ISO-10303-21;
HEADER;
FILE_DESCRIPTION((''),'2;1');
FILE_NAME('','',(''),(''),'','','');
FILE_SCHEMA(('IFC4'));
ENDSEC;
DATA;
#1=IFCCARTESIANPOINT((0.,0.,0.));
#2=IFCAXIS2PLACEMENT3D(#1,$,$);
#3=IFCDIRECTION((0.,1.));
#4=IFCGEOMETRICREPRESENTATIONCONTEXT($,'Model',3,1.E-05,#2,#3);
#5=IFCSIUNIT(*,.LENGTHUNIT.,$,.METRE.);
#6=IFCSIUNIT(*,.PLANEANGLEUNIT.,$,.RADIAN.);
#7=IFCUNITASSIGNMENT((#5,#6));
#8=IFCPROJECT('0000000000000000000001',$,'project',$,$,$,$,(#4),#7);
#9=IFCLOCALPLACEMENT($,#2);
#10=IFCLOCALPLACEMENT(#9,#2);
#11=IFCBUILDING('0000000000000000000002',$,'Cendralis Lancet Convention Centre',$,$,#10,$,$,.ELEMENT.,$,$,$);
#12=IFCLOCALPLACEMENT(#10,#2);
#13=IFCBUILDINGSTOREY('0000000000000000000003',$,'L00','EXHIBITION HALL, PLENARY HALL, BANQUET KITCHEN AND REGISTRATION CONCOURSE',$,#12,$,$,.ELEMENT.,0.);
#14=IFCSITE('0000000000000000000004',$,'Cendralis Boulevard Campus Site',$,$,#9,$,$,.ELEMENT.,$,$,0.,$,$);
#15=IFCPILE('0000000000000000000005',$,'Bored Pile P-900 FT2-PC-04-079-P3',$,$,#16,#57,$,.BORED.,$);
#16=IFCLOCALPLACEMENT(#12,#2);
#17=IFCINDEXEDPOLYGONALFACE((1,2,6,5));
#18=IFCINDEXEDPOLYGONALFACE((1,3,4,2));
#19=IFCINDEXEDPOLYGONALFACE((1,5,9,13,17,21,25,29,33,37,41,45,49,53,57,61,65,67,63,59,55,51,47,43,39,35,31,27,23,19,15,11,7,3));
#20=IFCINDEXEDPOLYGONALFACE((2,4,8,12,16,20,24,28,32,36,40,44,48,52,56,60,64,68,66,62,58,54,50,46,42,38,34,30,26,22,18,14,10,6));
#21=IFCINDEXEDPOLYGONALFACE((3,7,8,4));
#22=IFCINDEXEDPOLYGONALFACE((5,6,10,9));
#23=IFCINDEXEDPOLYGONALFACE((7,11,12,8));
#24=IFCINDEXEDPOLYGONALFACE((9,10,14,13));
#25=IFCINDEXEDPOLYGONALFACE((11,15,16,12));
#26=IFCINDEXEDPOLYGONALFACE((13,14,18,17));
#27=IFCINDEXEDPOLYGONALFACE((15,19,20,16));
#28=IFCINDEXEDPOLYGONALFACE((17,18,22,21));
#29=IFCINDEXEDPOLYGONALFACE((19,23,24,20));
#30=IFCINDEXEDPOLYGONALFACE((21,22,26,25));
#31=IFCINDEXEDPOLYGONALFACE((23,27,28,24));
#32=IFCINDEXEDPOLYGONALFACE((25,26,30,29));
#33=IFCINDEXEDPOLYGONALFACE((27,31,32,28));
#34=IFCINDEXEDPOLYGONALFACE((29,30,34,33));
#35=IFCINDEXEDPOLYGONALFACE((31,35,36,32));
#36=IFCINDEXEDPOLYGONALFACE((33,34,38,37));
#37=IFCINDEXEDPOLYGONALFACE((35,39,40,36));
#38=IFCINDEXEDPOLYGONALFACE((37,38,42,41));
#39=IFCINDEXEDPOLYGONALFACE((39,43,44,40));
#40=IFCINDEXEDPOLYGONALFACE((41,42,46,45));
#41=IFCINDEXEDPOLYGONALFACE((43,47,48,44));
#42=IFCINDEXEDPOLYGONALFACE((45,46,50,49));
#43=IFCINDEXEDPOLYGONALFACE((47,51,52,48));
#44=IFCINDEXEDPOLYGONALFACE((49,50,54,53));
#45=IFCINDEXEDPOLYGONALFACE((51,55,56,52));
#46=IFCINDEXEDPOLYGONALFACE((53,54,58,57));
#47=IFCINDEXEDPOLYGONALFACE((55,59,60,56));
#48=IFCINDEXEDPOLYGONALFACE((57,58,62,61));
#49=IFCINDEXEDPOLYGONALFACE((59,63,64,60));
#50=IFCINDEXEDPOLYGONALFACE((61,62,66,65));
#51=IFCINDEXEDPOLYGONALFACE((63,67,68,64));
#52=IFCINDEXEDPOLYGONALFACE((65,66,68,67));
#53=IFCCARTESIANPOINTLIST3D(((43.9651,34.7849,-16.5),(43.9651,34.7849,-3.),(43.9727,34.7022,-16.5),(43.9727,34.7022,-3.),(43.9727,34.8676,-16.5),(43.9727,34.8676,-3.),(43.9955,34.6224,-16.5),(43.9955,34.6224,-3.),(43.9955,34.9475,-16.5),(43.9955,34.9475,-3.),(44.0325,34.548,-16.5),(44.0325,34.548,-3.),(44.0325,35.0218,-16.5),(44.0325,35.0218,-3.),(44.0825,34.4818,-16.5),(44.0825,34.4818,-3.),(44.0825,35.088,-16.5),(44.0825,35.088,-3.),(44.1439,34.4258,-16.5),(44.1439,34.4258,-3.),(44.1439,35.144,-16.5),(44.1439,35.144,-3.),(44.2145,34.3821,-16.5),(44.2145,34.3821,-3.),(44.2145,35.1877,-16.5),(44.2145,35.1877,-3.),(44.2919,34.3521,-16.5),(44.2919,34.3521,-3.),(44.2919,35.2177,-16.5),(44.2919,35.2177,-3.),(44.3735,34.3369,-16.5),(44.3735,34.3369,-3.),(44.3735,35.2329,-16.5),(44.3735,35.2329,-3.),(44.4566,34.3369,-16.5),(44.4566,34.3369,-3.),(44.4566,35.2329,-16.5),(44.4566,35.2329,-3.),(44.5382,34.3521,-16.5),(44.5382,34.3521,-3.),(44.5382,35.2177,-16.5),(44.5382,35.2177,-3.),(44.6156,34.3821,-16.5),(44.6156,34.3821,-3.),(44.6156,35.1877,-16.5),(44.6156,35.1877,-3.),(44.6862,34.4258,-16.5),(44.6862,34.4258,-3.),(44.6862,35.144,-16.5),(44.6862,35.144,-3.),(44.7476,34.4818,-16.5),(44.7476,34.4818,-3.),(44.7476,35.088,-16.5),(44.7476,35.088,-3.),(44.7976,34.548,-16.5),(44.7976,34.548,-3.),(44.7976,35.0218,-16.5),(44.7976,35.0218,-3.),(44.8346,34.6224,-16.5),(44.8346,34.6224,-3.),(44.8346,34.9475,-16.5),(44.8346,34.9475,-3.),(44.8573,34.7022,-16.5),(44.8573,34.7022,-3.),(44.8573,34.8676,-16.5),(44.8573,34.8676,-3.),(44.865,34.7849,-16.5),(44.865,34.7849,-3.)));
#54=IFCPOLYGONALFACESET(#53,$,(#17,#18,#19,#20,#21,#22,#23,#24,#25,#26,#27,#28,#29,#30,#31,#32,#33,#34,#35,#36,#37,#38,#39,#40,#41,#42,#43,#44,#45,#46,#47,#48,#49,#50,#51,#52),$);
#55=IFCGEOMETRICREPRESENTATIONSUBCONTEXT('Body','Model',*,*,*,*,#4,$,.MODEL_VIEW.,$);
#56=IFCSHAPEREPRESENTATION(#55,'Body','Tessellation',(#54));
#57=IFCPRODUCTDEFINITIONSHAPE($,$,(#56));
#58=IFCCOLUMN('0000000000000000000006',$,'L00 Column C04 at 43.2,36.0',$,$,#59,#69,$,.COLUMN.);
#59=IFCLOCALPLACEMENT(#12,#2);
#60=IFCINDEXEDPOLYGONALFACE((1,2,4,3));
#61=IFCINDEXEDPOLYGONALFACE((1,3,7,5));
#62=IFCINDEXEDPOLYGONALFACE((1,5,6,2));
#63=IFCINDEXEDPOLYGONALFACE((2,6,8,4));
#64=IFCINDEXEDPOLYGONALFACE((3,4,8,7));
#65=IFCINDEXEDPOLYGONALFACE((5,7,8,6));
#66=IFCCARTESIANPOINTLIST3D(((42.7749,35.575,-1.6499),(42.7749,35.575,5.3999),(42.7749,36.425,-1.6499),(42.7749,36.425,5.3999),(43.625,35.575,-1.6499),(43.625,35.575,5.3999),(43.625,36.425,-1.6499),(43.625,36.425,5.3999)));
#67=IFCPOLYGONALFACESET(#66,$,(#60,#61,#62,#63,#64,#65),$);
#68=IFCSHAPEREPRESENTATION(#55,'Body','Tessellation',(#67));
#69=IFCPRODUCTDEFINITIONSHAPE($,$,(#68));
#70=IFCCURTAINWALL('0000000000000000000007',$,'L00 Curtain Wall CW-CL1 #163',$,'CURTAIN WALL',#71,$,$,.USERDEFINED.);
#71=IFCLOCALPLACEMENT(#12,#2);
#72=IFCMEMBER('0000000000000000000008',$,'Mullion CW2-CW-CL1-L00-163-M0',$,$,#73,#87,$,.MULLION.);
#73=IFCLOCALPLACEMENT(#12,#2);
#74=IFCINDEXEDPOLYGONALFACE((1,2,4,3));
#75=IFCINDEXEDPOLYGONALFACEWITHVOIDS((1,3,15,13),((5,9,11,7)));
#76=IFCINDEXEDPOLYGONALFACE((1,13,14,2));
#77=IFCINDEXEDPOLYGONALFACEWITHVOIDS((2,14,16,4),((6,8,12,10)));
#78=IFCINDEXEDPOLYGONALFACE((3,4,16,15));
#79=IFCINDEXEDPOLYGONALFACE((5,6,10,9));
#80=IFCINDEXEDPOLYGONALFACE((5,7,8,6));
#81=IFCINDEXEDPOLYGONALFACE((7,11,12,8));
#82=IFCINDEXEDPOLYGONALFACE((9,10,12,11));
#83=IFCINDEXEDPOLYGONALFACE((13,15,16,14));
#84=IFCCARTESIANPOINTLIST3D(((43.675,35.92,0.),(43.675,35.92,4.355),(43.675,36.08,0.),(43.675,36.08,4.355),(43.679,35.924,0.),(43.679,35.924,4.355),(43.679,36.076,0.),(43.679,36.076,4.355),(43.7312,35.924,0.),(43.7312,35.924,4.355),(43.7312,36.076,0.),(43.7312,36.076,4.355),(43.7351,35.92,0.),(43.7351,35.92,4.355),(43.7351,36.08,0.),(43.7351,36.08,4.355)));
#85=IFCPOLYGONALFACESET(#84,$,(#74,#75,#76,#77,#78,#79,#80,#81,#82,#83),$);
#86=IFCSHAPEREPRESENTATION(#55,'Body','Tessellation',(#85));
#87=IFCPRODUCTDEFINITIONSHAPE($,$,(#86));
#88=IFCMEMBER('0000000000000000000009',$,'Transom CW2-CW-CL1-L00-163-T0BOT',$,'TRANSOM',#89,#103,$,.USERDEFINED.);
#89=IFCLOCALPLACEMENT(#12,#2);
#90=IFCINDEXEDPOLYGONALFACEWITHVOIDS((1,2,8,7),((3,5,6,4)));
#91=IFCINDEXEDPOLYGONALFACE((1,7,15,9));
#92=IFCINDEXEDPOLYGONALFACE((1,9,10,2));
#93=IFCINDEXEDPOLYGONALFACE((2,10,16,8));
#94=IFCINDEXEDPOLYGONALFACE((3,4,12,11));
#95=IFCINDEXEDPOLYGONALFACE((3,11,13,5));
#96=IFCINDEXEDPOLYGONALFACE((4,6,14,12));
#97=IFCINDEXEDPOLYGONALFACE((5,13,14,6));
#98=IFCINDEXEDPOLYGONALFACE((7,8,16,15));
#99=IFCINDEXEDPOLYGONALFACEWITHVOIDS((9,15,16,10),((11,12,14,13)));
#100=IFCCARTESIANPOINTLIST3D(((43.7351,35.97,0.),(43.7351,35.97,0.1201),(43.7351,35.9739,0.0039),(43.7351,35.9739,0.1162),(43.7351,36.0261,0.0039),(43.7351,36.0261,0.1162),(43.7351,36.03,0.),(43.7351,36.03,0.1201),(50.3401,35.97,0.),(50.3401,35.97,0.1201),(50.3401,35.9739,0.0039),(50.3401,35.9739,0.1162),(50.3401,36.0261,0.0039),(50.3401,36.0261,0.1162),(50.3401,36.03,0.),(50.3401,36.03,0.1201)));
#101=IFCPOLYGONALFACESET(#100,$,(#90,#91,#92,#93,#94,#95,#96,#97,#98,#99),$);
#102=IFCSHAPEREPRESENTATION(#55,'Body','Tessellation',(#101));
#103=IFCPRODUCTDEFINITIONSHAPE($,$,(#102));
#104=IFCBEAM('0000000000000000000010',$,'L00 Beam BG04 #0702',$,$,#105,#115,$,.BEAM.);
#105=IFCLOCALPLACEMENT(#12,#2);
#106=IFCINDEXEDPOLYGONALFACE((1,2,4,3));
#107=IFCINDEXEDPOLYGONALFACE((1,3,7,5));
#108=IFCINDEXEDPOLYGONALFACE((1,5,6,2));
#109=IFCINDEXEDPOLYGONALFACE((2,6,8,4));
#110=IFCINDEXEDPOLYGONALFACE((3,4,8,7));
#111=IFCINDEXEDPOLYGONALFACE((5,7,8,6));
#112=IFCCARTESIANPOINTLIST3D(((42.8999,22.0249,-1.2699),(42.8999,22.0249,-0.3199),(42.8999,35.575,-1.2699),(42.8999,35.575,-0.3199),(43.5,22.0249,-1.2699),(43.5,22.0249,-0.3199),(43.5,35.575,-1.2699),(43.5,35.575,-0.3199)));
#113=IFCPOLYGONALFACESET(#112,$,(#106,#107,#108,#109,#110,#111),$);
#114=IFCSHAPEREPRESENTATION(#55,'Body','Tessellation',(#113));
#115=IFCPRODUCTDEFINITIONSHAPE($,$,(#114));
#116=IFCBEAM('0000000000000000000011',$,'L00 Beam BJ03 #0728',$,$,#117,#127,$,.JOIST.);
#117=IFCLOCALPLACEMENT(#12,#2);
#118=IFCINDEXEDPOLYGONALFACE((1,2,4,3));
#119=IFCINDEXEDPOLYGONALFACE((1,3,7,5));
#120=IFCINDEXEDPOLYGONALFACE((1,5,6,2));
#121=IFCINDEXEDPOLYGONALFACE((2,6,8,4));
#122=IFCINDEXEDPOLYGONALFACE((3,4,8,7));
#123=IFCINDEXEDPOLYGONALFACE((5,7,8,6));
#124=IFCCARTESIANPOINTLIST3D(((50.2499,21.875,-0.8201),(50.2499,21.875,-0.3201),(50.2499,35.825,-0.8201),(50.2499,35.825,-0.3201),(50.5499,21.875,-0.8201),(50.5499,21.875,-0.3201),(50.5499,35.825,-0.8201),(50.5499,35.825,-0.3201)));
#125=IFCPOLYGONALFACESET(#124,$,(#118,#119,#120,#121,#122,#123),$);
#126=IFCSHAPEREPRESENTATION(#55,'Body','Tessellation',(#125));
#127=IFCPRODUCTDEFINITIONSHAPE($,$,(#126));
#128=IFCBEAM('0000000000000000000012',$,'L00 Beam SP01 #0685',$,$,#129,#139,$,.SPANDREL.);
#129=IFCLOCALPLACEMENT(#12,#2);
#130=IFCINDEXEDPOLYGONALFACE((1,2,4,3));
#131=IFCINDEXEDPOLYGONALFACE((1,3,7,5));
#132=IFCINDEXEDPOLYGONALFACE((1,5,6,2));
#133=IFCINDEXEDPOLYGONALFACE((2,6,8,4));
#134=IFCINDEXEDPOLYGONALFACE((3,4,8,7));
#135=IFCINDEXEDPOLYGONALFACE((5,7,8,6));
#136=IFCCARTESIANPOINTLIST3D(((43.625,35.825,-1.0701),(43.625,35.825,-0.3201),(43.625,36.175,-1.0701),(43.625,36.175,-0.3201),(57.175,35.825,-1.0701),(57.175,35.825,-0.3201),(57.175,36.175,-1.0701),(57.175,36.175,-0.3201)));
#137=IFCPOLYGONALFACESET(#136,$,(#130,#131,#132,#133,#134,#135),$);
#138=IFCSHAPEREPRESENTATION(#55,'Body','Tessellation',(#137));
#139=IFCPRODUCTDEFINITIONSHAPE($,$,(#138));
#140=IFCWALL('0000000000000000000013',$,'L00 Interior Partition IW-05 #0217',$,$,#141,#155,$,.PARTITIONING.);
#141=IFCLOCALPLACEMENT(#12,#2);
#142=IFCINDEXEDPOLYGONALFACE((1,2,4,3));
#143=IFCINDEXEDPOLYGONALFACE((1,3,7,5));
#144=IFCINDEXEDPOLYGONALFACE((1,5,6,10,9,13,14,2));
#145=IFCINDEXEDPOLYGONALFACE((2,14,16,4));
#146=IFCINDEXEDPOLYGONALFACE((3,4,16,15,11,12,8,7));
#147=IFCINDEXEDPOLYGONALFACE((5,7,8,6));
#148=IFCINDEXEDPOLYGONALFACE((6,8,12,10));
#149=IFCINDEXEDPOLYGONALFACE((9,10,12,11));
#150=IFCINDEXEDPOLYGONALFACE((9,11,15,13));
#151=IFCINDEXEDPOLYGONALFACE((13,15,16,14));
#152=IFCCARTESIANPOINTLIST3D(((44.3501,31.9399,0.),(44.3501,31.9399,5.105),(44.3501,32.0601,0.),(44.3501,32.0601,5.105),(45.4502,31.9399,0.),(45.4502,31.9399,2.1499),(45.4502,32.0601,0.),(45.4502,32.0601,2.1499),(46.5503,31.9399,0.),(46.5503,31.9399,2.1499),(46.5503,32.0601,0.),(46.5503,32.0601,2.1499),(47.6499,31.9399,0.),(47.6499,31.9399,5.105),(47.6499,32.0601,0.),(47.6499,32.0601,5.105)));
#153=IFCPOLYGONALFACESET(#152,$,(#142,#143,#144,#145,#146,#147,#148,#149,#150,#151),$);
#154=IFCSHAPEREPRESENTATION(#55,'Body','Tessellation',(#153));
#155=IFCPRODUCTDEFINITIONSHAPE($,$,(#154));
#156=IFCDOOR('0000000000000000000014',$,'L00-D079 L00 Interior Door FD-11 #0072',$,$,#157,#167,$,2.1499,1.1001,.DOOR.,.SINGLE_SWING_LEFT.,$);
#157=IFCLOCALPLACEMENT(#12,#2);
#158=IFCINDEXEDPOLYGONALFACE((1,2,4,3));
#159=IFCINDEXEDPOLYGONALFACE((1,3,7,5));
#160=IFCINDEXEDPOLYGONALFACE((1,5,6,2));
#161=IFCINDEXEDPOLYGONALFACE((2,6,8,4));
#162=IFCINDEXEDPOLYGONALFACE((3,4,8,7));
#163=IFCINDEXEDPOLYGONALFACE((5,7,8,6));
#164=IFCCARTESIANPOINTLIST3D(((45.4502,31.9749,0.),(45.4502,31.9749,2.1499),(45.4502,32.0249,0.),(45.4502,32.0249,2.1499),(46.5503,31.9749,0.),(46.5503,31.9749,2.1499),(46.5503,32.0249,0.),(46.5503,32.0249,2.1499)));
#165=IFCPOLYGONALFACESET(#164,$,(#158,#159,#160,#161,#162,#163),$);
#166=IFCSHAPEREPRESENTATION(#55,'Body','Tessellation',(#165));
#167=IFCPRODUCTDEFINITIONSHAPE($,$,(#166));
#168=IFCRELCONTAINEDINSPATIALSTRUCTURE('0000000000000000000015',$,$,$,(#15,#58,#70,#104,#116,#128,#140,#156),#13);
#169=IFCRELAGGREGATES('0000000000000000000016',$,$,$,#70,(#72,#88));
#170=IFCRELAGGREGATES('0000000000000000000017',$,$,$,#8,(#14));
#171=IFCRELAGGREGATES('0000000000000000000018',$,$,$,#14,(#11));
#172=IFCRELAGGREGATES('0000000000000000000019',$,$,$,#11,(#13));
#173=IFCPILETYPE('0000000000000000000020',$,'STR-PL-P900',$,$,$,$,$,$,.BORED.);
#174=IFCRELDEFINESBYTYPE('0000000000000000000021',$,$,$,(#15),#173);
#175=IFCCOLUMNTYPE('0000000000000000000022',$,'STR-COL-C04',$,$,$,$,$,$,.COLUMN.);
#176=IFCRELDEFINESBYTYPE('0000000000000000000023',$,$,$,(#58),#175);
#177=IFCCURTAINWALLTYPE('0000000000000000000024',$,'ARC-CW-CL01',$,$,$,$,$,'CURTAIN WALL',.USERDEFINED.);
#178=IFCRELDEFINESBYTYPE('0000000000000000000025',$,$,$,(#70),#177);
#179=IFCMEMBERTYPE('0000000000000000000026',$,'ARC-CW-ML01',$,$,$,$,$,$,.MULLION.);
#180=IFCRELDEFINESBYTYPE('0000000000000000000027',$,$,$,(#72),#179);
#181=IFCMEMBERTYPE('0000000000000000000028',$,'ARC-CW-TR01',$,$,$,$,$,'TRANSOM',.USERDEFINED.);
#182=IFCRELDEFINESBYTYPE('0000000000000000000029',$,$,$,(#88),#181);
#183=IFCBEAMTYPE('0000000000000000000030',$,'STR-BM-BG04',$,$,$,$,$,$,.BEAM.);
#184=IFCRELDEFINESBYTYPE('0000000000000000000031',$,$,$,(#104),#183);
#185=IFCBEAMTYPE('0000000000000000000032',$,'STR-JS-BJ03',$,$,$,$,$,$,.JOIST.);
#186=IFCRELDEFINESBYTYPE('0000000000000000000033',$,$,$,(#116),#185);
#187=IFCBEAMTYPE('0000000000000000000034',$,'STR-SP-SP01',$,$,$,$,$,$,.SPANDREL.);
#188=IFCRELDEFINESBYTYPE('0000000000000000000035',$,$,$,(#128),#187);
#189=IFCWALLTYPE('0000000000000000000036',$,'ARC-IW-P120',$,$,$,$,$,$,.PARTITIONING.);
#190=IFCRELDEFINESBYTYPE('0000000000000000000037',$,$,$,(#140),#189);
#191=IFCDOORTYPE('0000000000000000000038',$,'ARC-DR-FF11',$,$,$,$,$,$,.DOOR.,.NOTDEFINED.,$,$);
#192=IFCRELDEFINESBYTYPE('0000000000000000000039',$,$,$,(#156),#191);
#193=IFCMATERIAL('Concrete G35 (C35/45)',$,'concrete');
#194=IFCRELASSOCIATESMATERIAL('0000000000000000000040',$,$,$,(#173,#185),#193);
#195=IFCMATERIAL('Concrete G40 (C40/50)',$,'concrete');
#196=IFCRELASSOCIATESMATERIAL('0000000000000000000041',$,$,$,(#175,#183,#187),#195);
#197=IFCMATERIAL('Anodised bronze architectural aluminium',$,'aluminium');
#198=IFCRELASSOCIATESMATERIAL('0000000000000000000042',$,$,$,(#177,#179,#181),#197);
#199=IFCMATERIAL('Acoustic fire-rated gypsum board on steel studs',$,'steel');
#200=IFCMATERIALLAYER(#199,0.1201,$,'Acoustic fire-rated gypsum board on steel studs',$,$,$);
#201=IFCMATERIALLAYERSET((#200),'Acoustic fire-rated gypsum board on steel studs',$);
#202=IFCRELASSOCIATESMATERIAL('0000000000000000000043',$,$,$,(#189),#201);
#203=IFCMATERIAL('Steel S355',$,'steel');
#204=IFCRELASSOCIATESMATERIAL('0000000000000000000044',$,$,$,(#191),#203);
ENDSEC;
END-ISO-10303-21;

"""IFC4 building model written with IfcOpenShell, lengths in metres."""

from ifc_helpers import new_model, si_unit, direction, frame, frame_2d, origin, origin_2d, place, context, subcontext, project, spatial, rectangle, hollow_rectangle, circle, extrude, material, layer, layer_set, material_profile, profile_set, type_object, element, fill, aggregate, save


model = new_model("IFC4")

# Units and contexts
model_context = context("Model", 3, precision=1e-05, world=origin(), true_north=direction((0.0, 1.0)))
body_context = subcontext(model_context, "Body", "Model", "MODEL_VIEW")
ifc_project = project(units=[si_unit("LENGTHUNIT", "METRE"), si_unit("PLANEANGLEUNIT", "RADIAN")], contexts=[model_context])

# Site, building, storey
site_placement = place(None, origin())
site = spatial("IfcSite", under=ifc_project, at=site_placement, Name="Cendralis Boulevard Campus Site", CompositionType="ELEMENT", RefElevation=0.0)
building_placement = place(site_placement, origin())
building = spatial("IfcBuilding", under=site, at=building_placement, Name="Cendralis Lancet Convention Centre", CompositionType="ELEMENT")
storey_placement = place(building_placement, origin())
storey = spatial("IfcBuildingStorey", under=building, at=storey_placement, Name="L00", Description="EXHIBITION HALL, PLENARY HALL, BANQUET KITCHEN AND REGISTRATION CONCOURSE", CompositionType="ELEMENT", Elevation=0.0)

# Shared definitions
ifc_material_1 = material(Name="Concrete G35 (C35/45)", Category="concrete")

# Pile
ifc_material_profile_1 = material_profile(ifc_material_1, circle(Radius=0.45, at=origin_2d()), Name="BORED PILE D900")
ifc_profile_set_1 = profile_set([ifc_material_profile_1], Name="Concrete G35 (C35/45)")
pile_type = type_object("IfcPileType", Name="STR-PL-P900", PredefinedType="BORED", material=ifc_profile_set_1)
for number, where, z_axis, x_axis, name in (
    (1, (44.415, 34.7849, -3.0), (0.0, 0.0, -1.0), (1.0, 0.0, 0.0), "Bored Pile P-900 FT2-PC-04-079-P3"),
):
    element("IfcPile", number, at=place(storey_placement, frame(where, z_axis=z_axis, x_axis=x_axis)), inside=storey, type_object=pile_type, Name=name, PredefinedType="BORED", context=body_context, shape_type="SweptSolid", body=[
        extrude(circle(Radius=0.45, at=origin_2d()), origin(), (0.0, 0.0, 1.0), 13.5),
    ])

# Column
ifc_material_2 = material(Name="Concrete G40 (C40/50)", Category="concrete")
ifc_material_profile_2 = material_profile(ifc_material_2, rectangle(XDim=0.8501, YDim=0.8501, at=origin_2d()), Name="RC 850x850")
ifc_profile_set_2 = profile_set([ifc_material_profile_2], Name="Concrete G40 (C40/50)")
column_type = type_object("IfcColumnType", Name="STR-COL-C04", PredefinedType="COLUMN", material=ifc_profile_set_2)
column_placement = place(storey_placement, frame((43.2, 36.0, -1.6499), z_axis=(0.0, 0.0, 1.0), x_axis=(1.0, 0.0, 0.0)))
element("IfcColumn", 2, at=column_placement, inside=storey, type_object=column_type, Name="L00 Column C04 at 43.2,36.0", PredefinedType="COLUMN", context=body_context, shape_type="SweptSolid", body=[
    extrude(rectangle(XDim=0.8501, YDim=0.8501, at=origin_2d()), origin(), (0.0, 0.0, 1.0), 7.0498),
])

# Curtain wall, members
ifc_material_3 = material(Name="Anodised bronze architectural aluminium", Category="aluminium")
curtain_wall_type = type_object("IfcCurtainWallType", Name="ARC-CW-CL01", ElementType="CURTAIN WALL", PredefinedType="USERDEFINED", material=ifc_material_3)
curtain_wall_placement = place(storey_placement, origin())
curtain_wall = element("IfcCurtainWall", 3, at=curtain_wall_placement, inside=storey, type_object=curtain_wall_type, Name="L00 Curtain Wall CW-CL1 #163", ObjectType="CURTAIN WALL", PredefinedType="USERDEFINED")
ifc_material_profile_3 = material_profile(ifc_material_3, hollow_rectangle(XDim=0.0601, YDim=0.1599, WallThickness=0.0039, at=origin_2d()), Name="AL-MULL 60x160x4.0")
ifc_profile_set_3 = profile_set([ifc_material_profile_3], Name="Anodised bronze architectural aluminium")
member_type_1 = type_object("IfcMemberType", Name="ARC-CW-ML01", PredefinedType="MULLION", material=ifc_profile_set_3)
member_1_placement = place(storey_placement, frame((43.7051, 36.0, 0.0), z_axis=(0.0, 0.0, 1.0), x_axis=(1.0, 0.0, 0.0)))
member_1 = element("IfcMember", 4, at=member_1_placement, type_object=member_type_1, Name="Mullion CW2-CW-CL1-L00-163-M0", PredefinedType="MULLION", context=body_context, shape_type="SweptSolid", body=[
    extrude(hollow_rectangle(XDim=0.0601, YDim=0.1599, WallThickness=0.0039, at=origin_2d()), origin(), (0.0, 0.0, 1.0), 4.355),
])
ifc_material_profile_4 = material_profile(ifc_material_3, hollow_rectangle(XDim=0.0601, YDim=0.1201, WallThickness=0.0039, at=origin_2d()), Name="AL-TRAN 60x120x4.0")
ifc_profile_set_4 = profile_set([ifc_material_profile_4], Name="Anodised bronze architectural aluminium")
member_type_2 = type_object("IfcMemberType", Name="ARC-CW-TR01", ElementType="TRANSOM", PredefinedType="USERDEFINED", material=ifc_profile_set_4)
member_2_placement = place(storey_placement, frame((43.7351, 36.0, 0.0601), z_axis=(1.0, 0.0, 0.0), x_axis=(0.0, 1.0, 0.0)))
member_2 = element("IfcMember", 5, at=member_2_placement, type_object=member_type_2, Name="Transom CW2-CW-CL1-L00-163-T0BOT", ObjectType="TRANSOM", PredefinedType="USERDEFINED", context=body_context, shape_type="SweptSolid", body=[
    extrude(hollow_rectangle(XDim=0.0601, YDim=0.1201, WallThickness=0.0039, at=origin_2d()), origin(), (0.0, 0.0, 1.0), 6.605),
])
aggregate(curtain_wall, [member_1, member_2])

# Beams
ifc_material_profile_5 = material_profile(ifc_material_2, rectangle(XDim=0.6001, YDim=0.95, at=origin_2d()), Name="RCB 600x950")
ifc_profile_set_5 = profile_set([ifc_material_profile_5], Name="Concrete G40 (C40/50)")
beam_type_1 = type_object("IfcBeamType", Name="STR-BM-BG04", PredefinedType="BEAM", material=ifc_profile_set_5)
beam_1_placement = place(storey_placement, frame((43.2, 22.0249, -0.7949), z_axis=(0.0, 1.0, 0.0), x_axis=(-1.0, 0.0, 0.0)))
element("IfcBeam", 6, at=beam_1_placement, inside=storey, type_object=beam_type_1, Name="L00 Beam BG04 #0702", PredefinedType="BEAM", context=body_context, shape_type="SweptSolid", body=[
    extrude(rectangle(XDim=0.6001, YDim=0.95, at=origin_2d()), origin(), (0.0, 0.0, 1.0), 13.55),
])
ifc_material_profile_6 = material_profile(ifc_material_1, rectangle(XDim=0.3, YDim=0.5, at=origin_2d()), Name="RCB 300x500")
ifc_profile_set_6 = profile_set([ifc_material_profile_6], Name="Concrete G35 (C35/45)")
beam_type_2 = type_object("IfcBeamType", Name="STR-JS-BJ03", PredefinedType="JOIST", material=ifc_profile_set_6)
beam_2_placement = place(storey_placement, frame((50.3999, 21.875, -0.5701), z_axis=(0.0, 1.0, 0.0), x_axis=(-1.0, 0.0, 0.0)))
element("IfcBeam", 7, at=beam_2_placement, inside=storey, type_object=beam_type_2, Name="L00 Beam BJ03 #0728", PredefinedType="JOIST", context=body_context, shape_type="SweptSolid", body=[
    extrude(rectangle(XDim=0.3, YDim=0.5, at=origin_2d()), origin(), (0.0, 0.0, 1.0), 13.95),
])
ifc_material_profile_7 = material_profile(ifc_material_2, rectangle(XDim=0.3501, YDim=0.75, at=origin_2d()), Name="RCB 350x750")
ifc_profile_set_7 = profile_set([ifc_material_profile_7], Name="Concrete G40 (C40/50)")
beam_type_3 = type_object("IfcBeamType", Name="STR-SP-SP01", PredefinedType="SPANDREL", material=ifc_profile_set_7)
beam_3_placement = place(storey_placement, frame((43.625, 36.0, -0.6951), z_axis=(1.0, 0.0, 0.0), x_axis=(0.0, 1.0, 0.0)))
element("IfcBeam", 8, at=beam_3_placement, inside=storey, type_object=beam_type_3, Name="L00 Beam SP01 #0685", PredefinedType="SPANDREL", context=body_context, shape_type="SweptSolid", body=[
    extrude(rectangle(XDim=0.3501, YDim=0.75, at=origin_2d()), origin(), (0.0, 0.0, 1.0), 13.55),
])

# Wall, opening, door
ifc_material_4 = material(Name="Acoustic fire-rated gypsum board on steel studs", Category="steel")
ifc_layer_1 = layer(ifc_material_4, 0.1201, Name="Acoustic fire-rated gypsum board on steel studs")
ifc_layer_set_1 = layer_set([ifc_layer_1], Name="Acoustic fire-rated gypsum board on steel studs")
wall_type_1 = type_object("IfcWallType", Name="ARC-IW-P120", PredefinedType="PARTITIONING", material=ifc_layer_set_1)
wall_1_placement = place(storey_placement, frame((44.3501, 32.0, 0.0), z_axis=(0.0, 0.0, 1.0), x_axis=(1.0, 0.0, 0.0)))
wall_1 = element("IfcWall", 9, at=wall_1_placement, inside=storey, type_object=wall_type_1, Name="L00 Interior Partition IW-05 #0217", PredefinedType="PARTITIONING", context=body_context, shape_type="SweptSolid", body=[
    extrude(rectangle(XDim=3.2998, YDim=0.1201, at=frame_2d((1.6499, 0.0))), origin(), (0.0, 0.0, 1.0), 5.105),
])
opening_1_placement = place(wall_1_placement, frame((1.1001, 0.0, 0.0)))
opening_1 = element("IfcOpeningElement", 10, at=opening_1_placement, cuts=wall_1, PredefinedType="OPENING", context=body_context, shape_type="SweptSolid", body=[
    extrude(rectangle(XDim=1.1001, YDim=2.1499, at=frame_2d((0.55, 1.075))), frame((0.0, 0.0701, 0.0), z_axis=(0.0, -1.0, 0.0), x_axis=(1.0, 0.0, 0.0)), (0.0, 0.0, 1.0), 0.1401),
])
ifc_material_5 = material(Name="Steel S355", Category="steel")
door_type_1 = type_object("IfcDoorType", Name="ARC-DR-FF11", OperationType="NOTDEFINED", PredefinedType="DOOR", material=ifc_material_5)
door_1_placement = place(opening_1_placement, origin())
door_1 = element("IfcDoor", 11, at=door_1_placement, inside=storey, type_object=door_type_1, Name="L00-D079 L00 Interior Door FD-11 #0072", OperationType="SINGLE_SWING_LEFT", OverallHeight=2.1499, OverallWidth=1.1001, PredefinedType="DOOR", context=body_context, shape_type="SweptSolid", body=[
    extrude(rectangle(XDim=1.1001, YDim=2.1499, at=frame_2d((0.55, 1.075))), frame((0.0, 0.0249, 0.0), z_axis=(0.0, -1.0, 0.0), x_axis=(1.0, 0.0, 0.0)), (0.0, 0.0, 1.0), 0.05),
])
fill(opening_1, door_1)

save(model, "model.ifc")
